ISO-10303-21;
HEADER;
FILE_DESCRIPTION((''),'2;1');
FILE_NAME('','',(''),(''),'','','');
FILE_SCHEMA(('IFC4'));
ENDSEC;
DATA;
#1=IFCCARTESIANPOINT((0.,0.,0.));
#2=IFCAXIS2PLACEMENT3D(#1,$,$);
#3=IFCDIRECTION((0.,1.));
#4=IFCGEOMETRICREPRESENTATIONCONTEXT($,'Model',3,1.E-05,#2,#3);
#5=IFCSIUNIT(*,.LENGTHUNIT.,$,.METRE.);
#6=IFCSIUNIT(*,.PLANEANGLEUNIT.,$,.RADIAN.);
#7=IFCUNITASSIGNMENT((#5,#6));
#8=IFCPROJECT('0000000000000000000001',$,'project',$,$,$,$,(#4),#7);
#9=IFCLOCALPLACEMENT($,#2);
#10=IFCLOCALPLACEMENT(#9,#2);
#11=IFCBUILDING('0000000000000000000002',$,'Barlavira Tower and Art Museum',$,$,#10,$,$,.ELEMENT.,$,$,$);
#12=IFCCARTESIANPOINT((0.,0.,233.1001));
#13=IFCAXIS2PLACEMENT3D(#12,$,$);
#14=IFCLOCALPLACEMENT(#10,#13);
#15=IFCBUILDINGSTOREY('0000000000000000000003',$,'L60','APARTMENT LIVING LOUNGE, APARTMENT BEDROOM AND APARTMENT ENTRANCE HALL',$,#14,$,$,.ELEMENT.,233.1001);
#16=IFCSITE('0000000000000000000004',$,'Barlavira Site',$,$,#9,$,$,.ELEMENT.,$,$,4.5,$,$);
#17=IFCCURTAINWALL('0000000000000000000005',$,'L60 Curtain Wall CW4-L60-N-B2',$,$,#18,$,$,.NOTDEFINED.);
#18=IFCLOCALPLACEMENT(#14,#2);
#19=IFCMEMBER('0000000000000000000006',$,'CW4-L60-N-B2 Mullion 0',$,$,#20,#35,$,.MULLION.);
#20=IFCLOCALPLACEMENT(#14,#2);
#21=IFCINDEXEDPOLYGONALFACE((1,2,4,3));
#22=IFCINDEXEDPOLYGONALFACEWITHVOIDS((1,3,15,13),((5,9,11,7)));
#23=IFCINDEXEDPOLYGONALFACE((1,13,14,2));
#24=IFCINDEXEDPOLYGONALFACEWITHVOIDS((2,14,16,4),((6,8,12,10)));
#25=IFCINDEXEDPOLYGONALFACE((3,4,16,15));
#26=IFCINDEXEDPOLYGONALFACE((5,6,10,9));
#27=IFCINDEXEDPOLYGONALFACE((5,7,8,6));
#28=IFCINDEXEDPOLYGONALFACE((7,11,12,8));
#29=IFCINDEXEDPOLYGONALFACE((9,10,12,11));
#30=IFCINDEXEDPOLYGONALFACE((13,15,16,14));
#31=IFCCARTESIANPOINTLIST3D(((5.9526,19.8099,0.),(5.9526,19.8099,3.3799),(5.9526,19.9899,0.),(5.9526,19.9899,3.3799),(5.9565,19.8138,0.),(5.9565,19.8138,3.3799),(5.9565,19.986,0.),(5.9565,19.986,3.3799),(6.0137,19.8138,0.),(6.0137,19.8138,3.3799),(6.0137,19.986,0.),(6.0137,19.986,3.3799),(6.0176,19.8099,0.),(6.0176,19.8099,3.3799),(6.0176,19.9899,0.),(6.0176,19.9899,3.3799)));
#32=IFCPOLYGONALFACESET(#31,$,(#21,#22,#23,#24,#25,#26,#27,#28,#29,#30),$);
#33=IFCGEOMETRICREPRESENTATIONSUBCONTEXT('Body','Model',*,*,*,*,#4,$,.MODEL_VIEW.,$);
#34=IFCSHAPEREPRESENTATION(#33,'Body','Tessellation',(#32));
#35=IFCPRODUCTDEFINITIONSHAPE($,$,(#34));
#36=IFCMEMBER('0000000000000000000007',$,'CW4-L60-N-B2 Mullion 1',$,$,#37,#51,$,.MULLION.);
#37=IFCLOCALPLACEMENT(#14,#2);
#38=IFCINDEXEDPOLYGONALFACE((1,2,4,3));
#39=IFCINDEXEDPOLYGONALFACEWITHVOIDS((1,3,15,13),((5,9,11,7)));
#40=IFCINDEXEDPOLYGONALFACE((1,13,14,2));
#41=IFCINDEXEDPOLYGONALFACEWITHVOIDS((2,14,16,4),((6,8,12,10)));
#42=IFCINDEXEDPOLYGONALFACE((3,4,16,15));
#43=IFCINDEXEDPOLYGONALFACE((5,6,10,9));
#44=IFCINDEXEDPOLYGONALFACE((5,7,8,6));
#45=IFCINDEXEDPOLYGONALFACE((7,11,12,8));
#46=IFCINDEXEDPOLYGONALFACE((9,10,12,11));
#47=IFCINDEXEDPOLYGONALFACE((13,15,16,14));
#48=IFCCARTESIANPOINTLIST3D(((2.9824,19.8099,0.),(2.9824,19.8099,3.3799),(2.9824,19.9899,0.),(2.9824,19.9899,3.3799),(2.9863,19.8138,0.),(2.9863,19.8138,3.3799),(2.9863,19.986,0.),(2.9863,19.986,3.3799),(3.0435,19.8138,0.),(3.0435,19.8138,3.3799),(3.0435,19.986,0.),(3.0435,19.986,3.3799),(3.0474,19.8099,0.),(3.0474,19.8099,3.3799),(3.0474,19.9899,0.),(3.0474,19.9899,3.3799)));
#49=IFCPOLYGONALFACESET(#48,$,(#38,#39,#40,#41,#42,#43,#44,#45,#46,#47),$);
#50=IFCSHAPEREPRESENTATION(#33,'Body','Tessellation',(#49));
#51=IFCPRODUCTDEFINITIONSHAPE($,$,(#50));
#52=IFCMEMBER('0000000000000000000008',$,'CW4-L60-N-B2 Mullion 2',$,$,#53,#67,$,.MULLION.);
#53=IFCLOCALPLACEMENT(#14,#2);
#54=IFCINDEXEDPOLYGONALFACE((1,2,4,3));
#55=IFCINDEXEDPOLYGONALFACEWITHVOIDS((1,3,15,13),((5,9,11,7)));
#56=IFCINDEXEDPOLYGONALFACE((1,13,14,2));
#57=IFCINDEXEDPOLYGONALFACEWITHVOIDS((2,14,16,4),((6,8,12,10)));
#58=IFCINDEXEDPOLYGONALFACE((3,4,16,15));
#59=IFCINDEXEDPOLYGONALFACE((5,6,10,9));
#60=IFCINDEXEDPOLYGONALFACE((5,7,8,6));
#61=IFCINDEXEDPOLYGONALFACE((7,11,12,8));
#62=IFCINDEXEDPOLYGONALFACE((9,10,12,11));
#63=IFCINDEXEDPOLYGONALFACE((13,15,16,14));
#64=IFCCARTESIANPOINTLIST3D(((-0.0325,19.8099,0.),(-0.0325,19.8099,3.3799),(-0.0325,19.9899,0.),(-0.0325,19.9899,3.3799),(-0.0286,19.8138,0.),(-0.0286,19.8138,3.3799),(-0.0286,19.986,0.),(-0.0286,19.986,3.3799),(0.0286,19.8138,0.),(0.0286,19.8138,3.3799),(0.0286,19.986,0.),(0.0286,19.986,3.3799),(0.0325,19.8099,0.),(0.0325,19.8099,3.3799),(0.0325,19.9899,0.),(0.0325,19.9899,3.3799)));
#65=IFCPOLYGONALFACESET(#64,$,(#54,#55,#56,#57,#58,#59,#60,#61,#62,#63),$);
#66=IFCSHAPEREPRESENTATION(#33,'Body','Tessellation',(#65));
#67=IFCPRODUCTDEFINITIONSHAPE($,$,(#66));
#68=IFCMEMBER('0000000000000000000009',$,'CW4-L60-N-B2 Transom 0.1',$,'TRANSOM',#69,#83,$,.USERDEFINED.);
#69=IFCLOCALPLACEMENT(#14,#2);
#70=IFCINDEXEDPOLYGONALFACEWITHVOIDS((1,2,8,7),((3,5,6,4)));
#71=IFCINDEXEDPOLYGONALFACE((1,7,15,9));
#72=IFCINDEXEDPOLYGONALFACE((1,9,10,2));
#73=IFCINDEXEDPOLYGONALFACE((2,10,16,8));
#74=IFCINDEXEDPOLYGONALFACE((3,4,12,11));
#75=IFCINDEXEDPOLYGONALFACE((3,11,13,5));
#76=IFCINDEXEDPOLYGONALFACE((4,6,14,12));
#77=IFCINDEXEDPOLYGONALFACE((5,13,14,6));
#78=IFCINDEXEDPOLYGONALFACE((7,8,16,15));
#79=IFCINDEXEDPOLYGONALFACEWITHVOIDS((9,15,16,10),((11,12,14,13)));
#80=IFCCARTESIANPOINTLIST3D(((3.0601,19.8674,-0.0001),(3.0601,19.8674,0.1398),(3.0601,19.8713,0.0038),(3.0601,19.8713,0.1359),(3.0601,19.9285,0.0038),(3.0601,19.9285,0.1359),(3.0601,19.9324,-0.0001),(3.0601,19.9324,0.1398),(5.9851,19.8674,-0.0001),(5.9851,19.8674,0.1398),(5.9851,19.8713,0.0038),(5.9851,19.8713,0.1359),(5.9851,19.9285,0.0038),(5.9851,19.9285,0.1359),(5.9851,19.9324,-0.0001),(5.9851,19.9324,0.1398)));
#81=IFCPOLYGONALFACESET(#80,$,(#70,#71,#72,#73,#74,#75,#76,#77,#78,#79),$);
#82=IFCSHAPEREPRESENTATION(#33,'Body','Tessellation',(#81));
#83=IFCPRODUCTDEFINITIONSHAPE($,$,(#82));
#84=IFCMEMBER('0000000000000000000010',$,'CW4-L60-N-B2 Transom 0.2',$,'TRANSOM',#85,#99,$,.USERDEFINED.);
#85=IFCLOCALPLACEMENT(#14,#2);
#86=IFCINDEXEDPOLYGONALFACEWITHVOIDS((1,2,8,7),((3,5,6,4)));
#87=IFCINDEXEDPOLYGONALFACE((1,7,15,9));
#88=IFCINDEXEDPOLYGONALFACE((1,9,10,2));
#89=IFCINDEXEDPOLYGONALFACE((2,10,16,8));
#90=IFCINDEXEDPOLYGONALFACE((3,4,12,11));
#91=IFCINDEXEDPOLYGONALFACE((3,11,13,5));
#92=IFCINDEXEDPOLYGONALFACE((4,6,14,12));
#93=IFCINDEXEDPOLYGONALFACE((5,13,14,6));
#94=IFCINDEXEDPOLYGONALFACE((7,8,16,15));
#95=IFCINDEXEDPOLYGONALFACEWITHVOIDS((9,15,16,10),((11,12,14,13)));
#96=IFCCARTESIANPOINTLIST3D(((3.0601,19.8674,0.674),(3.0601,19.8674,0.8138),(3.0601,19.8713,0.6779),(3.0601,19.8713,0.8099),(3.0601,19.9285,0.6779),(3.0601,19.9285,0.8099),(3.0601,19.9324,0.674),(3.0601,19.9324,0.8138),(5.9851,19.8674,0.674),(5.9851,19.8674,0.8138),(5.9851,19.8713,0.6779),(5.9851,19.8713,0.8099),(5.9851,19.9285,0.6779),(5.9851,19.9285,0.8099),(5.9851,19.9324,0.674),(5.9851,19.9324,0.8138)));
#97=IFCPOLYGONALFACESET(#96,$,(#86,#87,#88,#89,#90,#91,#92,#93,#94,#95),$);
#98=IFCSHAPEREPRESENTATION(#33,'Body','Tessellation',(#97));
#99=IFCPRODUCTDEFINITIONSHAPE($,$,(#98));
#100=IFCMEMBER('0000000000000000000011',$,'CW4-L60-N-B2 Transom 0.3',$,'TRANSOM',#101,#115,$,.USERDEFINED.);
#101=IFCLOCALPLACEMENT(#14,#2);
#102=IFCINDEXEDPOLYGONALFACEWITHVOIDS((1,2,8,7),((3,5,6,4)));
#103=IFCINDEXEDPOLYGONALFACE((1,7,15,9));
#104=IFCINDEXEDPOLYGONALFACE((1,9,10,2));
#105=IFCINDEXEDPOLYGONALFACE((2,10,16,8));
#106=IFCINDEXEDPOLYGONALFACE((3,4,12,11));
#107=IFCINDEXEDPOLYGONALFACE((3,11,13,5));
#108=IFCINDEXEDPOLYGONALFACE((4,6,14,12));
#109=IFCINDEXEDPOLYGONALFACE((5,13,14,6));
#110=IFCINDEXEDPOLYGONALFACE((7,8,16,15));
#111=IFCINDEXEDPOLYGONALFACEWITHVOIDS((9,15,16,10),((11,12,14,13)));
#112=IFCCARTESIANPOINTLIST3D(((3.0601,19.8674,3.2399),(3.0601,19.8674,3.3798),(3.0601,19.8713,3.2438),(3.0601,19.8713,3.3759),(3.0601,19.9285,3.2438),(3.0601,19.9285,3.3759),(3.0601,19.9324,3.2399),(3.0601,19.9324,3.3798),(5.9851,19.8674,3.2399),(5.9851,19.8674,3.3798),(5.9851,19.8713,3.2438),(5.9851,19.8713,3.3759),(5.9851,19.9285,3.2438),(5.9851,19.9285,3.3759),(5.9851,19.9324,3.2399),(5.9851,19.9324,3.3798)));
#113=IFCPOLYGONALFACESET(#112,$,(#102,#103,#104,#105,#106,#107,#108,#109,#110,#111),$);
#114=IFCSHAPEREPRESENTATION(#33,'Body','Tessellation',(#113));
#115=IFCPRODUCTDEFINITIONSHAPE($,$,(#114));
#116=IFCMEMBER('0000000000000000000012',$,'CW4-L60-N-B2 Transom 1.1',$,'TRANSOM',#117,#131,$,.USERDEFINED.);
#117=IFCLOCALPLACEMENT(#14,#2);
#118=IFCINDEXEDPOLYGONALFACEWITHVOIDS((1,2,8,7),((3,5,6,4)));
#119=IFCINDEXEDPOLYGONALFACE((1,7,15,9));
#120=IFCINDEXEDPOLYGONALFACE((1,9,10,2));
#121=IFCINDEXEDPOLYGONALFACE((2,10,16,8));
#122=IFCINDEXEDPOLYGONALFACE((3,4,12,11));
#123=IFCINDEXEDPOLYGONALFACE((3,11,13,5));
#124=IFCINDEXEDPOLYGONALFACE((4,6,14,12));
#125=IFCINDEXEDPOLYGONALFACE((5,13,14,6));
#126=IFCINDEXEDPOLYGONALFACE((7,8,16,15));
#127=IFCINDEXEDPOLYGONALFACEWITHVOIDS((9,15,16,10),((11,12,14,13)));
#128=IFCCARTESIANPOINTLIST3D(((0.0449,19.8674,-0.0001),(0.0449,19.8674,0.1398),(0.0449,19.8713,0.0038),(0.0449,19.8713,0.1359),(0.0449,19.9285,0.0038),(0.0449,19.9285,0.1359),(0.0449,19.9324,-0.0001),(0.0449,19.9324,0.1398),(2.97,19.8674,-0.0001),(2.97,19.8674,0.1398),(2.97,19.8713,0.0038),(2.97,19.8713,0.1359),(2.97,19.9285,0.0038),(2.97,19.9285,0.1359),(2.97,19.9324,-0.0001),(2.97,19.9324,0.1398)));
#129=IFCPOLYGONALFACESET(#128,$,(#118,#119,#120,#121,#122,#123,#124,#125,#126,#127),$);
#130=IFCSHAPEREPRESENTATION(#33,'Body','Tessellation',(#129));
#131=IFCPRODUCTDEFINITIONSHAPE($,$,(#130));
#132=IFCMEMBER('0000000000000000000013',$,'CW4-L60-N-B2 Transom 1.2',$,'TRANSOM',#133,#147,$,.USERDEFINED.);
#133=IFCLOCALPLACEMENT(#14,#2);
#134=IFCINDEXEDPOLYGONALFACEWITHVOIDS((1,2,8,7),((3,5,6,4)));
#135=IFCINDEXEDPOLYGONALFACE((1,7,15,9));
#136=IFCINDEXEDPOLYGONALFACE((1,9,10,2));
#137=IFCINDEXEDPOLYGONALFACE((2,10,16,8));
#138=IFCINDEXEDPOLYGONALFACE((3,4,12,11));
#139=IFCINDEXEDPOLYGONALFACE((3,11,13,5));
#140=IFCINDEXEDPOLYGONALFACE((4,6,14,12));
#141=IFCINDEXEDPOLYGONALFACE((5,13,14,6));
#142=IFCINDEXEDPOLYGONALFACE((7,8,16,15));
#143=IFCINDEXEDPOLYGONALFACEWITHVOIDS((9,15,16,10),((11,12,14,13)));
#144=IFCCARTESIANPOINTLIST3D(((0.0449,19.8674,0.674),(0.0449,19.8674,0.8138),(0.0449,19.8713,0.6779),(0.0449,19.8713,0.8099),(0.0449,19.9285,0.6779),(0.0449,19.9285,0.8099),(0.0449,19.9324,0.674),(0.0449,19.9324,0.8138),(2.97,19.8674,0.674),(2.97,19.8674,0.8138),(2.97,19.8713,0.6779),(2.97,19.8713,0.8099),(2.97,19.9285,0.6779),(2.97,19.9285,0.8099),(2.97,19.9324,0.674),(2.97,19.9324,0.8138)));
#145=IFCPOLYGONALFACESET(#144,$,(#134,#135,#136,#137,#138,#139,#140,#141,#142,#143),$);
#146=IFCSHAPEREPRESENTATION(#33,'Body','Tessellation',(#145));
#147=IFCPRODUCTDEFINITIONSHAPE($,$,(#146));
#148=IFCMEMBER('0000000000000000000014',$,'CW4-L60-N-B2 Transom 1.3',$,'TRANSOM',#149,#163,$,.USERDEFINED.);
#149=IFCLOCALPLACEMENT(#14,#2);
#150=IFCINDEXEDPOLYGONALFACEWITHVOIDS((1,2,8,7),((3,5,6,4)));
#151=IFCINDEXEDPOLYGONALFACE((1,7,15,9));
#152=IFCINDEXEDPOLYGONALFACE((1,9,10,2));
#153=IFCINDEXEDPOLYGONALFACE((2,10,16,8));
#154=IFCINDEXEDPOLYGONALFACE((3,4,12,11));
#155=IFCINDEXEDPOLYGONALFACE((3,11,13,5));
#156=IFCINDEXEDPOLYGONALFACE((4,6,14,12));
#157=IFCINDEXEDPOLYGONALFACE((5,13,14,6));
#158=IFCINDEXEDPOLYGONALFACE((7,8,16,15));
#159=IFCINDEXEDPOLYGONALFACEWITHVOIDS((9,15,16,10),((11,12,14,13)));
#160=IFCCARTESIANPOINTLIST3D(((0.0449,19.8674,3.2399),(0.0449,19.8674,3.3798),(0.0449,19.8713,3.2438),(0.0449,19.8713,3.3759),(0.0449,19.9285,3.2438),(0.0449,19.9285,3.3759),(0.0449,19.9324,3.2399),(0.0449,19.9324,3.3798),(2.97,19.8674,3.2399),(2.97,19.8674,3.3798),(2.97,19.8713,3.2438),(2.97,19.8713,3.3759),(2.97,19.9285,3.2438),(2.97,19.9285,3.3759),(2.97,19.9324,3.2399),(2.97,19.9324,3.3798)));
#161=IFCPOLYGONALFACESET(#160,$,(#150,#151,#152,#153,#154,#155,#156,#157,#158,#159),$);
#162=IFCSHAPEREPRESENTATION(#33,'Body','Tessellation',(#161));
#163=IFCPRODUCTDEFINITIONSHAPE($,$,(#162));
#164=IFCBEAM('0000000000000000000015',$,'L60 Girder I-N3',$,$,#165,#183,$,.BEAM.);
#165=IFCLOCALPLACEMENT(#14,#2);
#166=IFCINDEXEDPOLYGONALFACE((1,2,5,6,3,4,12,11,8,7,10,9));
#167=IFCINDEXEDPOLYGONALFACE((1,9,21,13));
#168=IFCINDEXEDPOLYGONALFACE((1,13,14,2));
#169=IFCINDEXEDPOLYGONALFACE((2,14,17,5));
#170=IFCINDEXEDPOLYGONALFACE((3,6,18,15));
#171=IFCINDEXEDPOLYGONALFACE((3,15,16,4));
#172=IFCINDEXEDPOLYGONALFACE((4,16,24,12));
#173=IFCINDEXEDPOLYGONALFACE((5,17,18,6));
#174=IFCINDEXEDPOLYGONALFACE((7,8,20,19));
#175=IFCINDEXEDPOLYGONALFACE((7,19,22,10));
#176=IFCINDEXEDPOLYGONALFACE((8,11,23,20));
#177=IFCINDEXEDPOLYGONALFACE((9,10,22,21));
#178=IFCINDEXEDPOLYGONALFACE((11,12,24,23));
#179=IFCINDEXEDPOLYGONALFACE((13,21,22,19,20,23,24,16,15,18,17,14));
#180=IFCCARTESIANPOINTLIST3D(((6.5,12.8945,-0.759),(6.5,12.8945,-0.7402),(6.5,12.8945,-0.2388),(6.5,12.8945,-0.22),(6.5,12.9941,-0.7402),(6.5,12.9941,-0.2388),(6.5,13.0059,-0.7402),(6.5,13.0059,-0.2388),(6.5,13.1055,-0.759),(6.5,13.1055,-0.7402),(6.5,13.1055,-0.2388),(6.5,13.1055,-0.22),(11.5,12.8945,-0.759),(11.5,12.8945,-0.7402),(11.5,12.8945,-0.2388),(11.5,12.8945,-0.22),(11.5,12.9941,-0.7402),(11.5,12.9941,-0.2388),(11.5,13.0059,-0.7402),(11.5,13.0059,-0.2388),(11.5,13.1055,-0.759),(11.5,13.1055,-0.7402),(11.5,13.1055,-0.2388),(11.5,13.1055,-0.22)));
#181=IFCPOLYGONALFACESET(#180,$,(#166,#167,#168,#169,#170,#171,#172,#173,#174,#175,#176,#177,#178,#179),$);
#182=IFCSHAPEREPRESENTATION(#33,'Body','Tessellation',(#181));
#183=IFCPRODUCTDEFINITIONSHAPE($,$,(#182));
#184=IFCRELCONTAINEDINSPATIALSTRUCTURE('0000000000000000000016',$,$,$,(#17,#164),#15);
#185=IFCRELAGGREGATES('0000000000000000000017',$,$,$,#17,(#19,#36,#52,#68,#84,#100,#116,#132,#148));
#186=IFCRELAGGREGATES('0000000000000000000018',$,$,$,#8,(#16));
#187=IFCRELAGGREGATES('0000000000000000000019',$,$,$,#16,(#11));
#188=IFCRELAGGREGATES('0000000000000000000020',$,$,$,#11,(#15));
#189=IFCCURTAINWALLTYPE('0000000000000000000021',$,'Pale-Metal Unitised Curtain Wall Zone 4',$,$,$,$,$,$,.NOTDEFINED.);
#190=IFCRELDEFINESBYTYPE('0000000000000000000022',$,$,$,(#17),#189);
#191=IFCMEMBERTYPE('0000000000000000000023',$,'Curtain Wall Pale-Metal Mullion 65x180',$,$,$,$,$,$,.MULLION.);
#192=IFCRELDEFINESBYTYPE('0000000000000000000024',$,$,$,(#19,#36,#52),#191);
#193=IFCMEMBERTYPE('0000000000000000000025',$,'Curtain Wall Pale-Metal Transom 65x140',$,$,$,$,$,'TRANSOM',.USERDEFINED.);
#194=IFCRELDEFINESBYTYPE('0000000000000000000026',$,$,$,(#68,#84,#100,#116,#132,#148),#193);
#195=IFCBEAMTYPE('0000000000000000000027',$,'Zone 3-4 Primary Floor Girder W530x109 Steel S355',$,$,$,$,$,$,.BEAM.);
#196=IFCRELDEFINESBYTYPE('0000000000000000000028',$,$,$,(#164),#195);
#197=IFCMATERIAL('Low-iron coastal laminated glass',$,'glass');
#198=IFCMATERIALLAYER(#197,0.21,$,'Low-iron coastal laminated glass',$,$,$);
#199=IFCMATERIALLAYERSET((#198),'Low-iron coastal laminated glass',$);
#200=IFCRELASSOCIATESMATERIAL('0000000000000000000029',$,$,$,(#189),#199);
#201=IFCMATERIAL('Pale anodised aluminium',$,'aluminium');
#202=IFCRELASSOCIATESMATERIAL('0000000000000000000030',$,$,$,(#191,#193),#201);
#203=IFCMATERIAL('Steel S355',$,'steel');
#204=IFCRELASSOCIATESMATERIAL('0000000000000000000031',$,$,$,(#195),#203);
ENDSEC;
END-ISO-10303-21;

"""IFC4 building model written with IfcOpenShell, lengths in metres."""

from ifc_helpers import new_model, si_unit, direction, frame, origin, origin_2d, place, context, subcontext, project, spatial, hollow_rectangle, i_section, extrude, material, layer, layer_set, material_profile, profile_set, type_object, element, aggregate, save


model = new_model("IFC4")

# Units and contexts
model_context = context("Model", 3, precision=1e-05, world=origin(), true_north=direction((0.0, 1.0)))
body_context = subcontext(model_context, "Body", "Model", "MODEL_VIEW")
ifc_project = project(units=[si_unit("LENGTHUNIT", "METRE"), si_unit("PLANEANGLEUNIT", "RADIAN")], contexts=[model_context])

# Site, building, storey
site_placement = place(None, origin())
site = spatial("IfcSite", under=ifc_project, at=site_placement, Name="Barlavira Site", CompositionType="ELEMENT", RefElevation=4.5)
building_placement = place(site_placement, origin())
building = spatial("IfcBuilding", under=site, at=building_placement, Name="Barlavira Tower and Art Museum", CompositionType="ELEMENT")
storey_placement = place(building_placement, frame((0.0, 0.0, 233.1001)))
storey = spatial("IfcBuildingStorey", under=building, at=storey_placement, Name="L60", Description="APARTMENT LIVING LOUNGE, APARTMENT BEDROOM AND APARTMENT ENTRANCE HALL", CompositionType="ELEMENT", Elevation=233.1001)

# Curtain wall, members
ifc_material_1 = material(Name="Low-iron coastal laminated glass", Category="glass")
ifc_layer_1 = layer(ifc_material_1, 0.21, Name="Low-iron coastal laminated glass")
ifc_layer_set_1 = layer_set([ifc_layer_1], Name="Low-iron coastal laminated glass")
curtain_wall_type = type_object("IfcCurtainWallType", Name="Pale-Metal Unitised Curtain Wall Zone 4", PredefinedType="NOTDEFINED", material=ifc_layer_set_1)
curtain_wall_placement = place(storey_placement, origin())
curtain_wall = element("IfcCurtainWall", 1, at=curtain_wall_placement, inside=storey, type_object=curtain_wall_type, Name="L60 Curtain Wall CW4-L60-N-B2", PredefinedType="NOTDEFINED")
ifc_material_2 = material(Name="Pale anodised aluminium", Category="aluminium")
ifc_material_profile_1 = material_profile(ifc_material_2, hollow_rectangle(XDim=0.0649, YDim=0.1799, WallThickness=0.0039, at=origin_2d()), Name="ALU-MULL 65x180x4")
ifc_profile_set_1 = profile_set([ifc_material_profile_1], Name="Pale anodised aluminium")
member_type_1 = type_object("IfcMemberType", Name="Curtain Wall Pale-Metal Mullion 65x180", PredefinedType="MULLION", material=ifc_profile_set_1)
member_1_placement = place(storey_placement, frame((5.9851, 19.8999, 0.0), z_axis=(0.0, 0.0, 1.0), x_axis=(-1.0, 0.0, 0.0)))
member_1 = element("IfcMember", 2, at=member_1_placement, type_object=member_type_1, Name="CW4-L60-N-B2 Mullion 0", PredefinedType="MULLION", context=body_context, shape_type="SweptSolid", body=[
    extrude(hollow_rectangle(XDim=0.0649, YDim=0.1799, WallThickness=0.0039, at=origin_2d()), origin(), (0.0, 0.0, 1.0), 3.3799),
])
member_2_placement = place(storey_placement, frame((3.0149, 19.8999, 0.0), z_axis=(0.0, 0.0, 1.0), x_axis=(-1.0, 0.0, 0.0)))
member_2 = element("IfcMember", 3, at=member_2_placement, type_object=member_type_1, Name="CW4-L60-N-B2 Mullion 1", PredefinedType="MULLION", context=body_context, shape_type="SweptSolid", body=[
    extrude(hollow_rectangle(XDim=0.0649, YDim=0.1799, WallThickness=0.0039, at=origin_2d()), origin(), (0.0, 0.0, 1.0), 3.3799),
])
member_3_placement = place(storey_placement, frame((0.0, 19.8999, 0.0), z_axis=(0.0, 0.0, 1.0), x_axis=(-1.0, 0.0, 0.0)))
member_3 = element("IfcMember", 4, at=member_3_placement, type_object=member_type_1, Name="CW4-L60-N-B2 Mullion 2", PredefinedType="MULLION", context=body_context, shape_type="SweptSolid", body=[
    extrude(hollow_rectangle(XDim=0.0649, YDim=0.1799, WallThickness=0.0039, at=origin_2d()), origin(), (0.0, 0.0, 1.0), 3.3799),
])
ifc_material_profile_2 = material_profile(ifc_material_2, hollow_rectangle(XDim=0.0649, YDim=0.1399, WallThickness=0.0039, at=origin_2d()), Name="ALU-TRAN 65x140x4")
ifc_profile_set_2 = profile_set([ifc_material_profile_2], Name="Pale anodised aluminium")
member_type_2 = type_object("IfcMemberType", Name="Curtain Wall Pale-Metal Transom 65x140", ElementType="TRANSOM", PredefinedType="USERDEFINED", material=ifc_profile_set_2)
member_4_placement = place(storey_placement, frame((5.9851, 19.8999, 0.0698), z_axis=(-1.0, 0.0, 0.0), x_axis=(0.0, -1.0, 0.0)))
member_4 = element("IfcMember", 5, at=member_4_placement, type_object=member_type_2, Name="CW4-L60-N-B2 Transom 0.1", ObjectType="TRANSOM", PredefinedType="USERDEFINED", context=body_context, shape_type="SweptSolid", body=[
    extrude(hollow_rectangle(XDim=0.0649, YDim=0.1399, WallThickness=0.0039, at=origin_2d()), origin(), (0.0, 0.0, 1.0), 2.925),
])
member_5_placement = place(storey_placement, frame((5.9851, 19.8999, 0.7439), z_axis=(-1.0, 0.0, 0.0), x_axis=(0.0, -1.0, 0.0)))
member_5 = element("IfcMember", 6, at=member_5_placement, type_object=member_type_2, Name="CW4-L60-N-B2 Transom 0.2", ObjectType="TRANSOM", PredefinedType="USERDEFINED", context=body_context, shape_type="SweptSolid", body=[
    extrude(hollow_rectangle(XDim=0.0649, YDim=0.1399, WallThickness=0.0039, at=origin_2d()), origin(), (0.0, 0.0, 1.0), 2.925),
])
member_6_placement = place(storey_placement, frame((5.9851, 19.8999, 3.3098), z_axis=(-1.0, 0.0, 0.0), x_axis=(0.0, -1.0, 0.0)))
member_6 = element("IfcMember", 7, at=member_6_placement, type_object=member_type_2, Name="CW4-L60-N-B2 Transom 0.3", ObjectType="TRANSOM", PredefinedType="USERDEFINED", context=body_context, shape_type="SweptSolid", body=[
    extrude(hollow_rectangle(XDim=0.0649, YDim=0.1399, WallThickness=0.0039, at=origin_2d()), origin(), (0.0, 0.0, 1.0), 2.925),
])
member_7_placement = place(storey_placement, frame((2.97, 19.8999, 0.0698), z_axis=(-1.0, 0.0, 0.0), x_axis=(0.0, -1.0, 0.0)))
member_7 = element("IfcMember", 8, at=member_7_placement, type_object=member_type_2, Name="CW4-L60-N-B2 Transom 1.1", ObjectType="TRANSOM", PredefinedType="USERDEFINED", context=body_context, shape_type="SweptSolid", body=[
    extrude(hollow_rectangle(XDim=0.0649, YDim=0.1399, WallThickness=0.0039, at=origin_2d()), origin(), (0.0, 0.0, 1.0), 2.925),
])
member_8_placement = place(storey_placement, frame((2.97, 19.8999, 0.7439), z_axis=(-1.0, 0.0, 0.0), x_axis=(0.0, -1.0, 0.0)))
member_8 = element("IfcMember", 9, at=member_8_placement, type_object=member_type_2, Name="CW4-L60-N-B2 Transom 1.2", ObjectType="TRANSOM", PredefinedType="USERDEFINED", context=body_context, shape_type="SweptSolid", body=[
    extrude(hollow_rectangle(XDim=0.0649, YDim=0.1399, WallThickness=0.0039, at=origin_2d()), origin(), (0.0, 0.0, 1.0), 2.925),
])
member_9_placement = place(storey_placement, frame((2.97, 19.8999, 3.3098), z_axis=(-1.0, 0.0, 0.0), x_axis=(0.0, -1.0, 0.0)))
member_9 = element("IfcMember", 10, at=member_9_placement, type_object=member_type_2, Name="CW4-L60-N-B2 Transom 1.3", ObjectType="TRANSOM", PredefinedType="USERDEFINED", context=body_context, shape_type="SweptSolid", body=[
    extrude(hollow_rectangle(XDim=0.0649, YDim=0.1399, WallThickness=0.0039, at=origin_2d()), origin(), (0.0, 0.0, 1.0), 2.925),
])

# Beam
ifc_material_3 = material(Name="Steel S355", Category="steel")
ifc_material_profile_3 = material_profile(ifc_material_3, i_section(OverallWidth=0.2109, OverallDepth=0.5391, WebThickness=0.0117, FlangeThickness=0.0188, at=origin_2d()), Name="W530x109.0")
ifc_profile_set_3 = profile_set([ifc_material_profile_3], Name="Steel S355")
beam_type = type_object("IfcBeamType", Name="Zone 3-4 Primary Floor Girder W530x109 Steel S355", PredefinedType="BEAM", material=ifc_profile_set_3)
beam_placement = place(storey_placement, frame((6.5, 13.0, -0.4895), z_axis=(1.0, 0.0, 0.0), x_axis=(0.0, 1.0, 0.0)))
element("IfcBeam", 11, at=beam_placement, inside=storey, type_object=beam_type, Name="L60 Girder I-N3", PredefinedType="BEAM", context=body_context, shape_type="SweptSolid", body=[
    extrude(i_section(OverallWidth=0.2109, OverallDepth=0.5391, WebThickness=0.0117, FlangeThickness=0.0188, at=origin_2d()), origin(), (0.0, 0.0, 1.0), 5.0),
])

aggregate(curtain_wall, [member_1, member_2, member_3, member_4, member_5, member_6, member_7, member_8, member_9])

save(model, "model.ifc")
